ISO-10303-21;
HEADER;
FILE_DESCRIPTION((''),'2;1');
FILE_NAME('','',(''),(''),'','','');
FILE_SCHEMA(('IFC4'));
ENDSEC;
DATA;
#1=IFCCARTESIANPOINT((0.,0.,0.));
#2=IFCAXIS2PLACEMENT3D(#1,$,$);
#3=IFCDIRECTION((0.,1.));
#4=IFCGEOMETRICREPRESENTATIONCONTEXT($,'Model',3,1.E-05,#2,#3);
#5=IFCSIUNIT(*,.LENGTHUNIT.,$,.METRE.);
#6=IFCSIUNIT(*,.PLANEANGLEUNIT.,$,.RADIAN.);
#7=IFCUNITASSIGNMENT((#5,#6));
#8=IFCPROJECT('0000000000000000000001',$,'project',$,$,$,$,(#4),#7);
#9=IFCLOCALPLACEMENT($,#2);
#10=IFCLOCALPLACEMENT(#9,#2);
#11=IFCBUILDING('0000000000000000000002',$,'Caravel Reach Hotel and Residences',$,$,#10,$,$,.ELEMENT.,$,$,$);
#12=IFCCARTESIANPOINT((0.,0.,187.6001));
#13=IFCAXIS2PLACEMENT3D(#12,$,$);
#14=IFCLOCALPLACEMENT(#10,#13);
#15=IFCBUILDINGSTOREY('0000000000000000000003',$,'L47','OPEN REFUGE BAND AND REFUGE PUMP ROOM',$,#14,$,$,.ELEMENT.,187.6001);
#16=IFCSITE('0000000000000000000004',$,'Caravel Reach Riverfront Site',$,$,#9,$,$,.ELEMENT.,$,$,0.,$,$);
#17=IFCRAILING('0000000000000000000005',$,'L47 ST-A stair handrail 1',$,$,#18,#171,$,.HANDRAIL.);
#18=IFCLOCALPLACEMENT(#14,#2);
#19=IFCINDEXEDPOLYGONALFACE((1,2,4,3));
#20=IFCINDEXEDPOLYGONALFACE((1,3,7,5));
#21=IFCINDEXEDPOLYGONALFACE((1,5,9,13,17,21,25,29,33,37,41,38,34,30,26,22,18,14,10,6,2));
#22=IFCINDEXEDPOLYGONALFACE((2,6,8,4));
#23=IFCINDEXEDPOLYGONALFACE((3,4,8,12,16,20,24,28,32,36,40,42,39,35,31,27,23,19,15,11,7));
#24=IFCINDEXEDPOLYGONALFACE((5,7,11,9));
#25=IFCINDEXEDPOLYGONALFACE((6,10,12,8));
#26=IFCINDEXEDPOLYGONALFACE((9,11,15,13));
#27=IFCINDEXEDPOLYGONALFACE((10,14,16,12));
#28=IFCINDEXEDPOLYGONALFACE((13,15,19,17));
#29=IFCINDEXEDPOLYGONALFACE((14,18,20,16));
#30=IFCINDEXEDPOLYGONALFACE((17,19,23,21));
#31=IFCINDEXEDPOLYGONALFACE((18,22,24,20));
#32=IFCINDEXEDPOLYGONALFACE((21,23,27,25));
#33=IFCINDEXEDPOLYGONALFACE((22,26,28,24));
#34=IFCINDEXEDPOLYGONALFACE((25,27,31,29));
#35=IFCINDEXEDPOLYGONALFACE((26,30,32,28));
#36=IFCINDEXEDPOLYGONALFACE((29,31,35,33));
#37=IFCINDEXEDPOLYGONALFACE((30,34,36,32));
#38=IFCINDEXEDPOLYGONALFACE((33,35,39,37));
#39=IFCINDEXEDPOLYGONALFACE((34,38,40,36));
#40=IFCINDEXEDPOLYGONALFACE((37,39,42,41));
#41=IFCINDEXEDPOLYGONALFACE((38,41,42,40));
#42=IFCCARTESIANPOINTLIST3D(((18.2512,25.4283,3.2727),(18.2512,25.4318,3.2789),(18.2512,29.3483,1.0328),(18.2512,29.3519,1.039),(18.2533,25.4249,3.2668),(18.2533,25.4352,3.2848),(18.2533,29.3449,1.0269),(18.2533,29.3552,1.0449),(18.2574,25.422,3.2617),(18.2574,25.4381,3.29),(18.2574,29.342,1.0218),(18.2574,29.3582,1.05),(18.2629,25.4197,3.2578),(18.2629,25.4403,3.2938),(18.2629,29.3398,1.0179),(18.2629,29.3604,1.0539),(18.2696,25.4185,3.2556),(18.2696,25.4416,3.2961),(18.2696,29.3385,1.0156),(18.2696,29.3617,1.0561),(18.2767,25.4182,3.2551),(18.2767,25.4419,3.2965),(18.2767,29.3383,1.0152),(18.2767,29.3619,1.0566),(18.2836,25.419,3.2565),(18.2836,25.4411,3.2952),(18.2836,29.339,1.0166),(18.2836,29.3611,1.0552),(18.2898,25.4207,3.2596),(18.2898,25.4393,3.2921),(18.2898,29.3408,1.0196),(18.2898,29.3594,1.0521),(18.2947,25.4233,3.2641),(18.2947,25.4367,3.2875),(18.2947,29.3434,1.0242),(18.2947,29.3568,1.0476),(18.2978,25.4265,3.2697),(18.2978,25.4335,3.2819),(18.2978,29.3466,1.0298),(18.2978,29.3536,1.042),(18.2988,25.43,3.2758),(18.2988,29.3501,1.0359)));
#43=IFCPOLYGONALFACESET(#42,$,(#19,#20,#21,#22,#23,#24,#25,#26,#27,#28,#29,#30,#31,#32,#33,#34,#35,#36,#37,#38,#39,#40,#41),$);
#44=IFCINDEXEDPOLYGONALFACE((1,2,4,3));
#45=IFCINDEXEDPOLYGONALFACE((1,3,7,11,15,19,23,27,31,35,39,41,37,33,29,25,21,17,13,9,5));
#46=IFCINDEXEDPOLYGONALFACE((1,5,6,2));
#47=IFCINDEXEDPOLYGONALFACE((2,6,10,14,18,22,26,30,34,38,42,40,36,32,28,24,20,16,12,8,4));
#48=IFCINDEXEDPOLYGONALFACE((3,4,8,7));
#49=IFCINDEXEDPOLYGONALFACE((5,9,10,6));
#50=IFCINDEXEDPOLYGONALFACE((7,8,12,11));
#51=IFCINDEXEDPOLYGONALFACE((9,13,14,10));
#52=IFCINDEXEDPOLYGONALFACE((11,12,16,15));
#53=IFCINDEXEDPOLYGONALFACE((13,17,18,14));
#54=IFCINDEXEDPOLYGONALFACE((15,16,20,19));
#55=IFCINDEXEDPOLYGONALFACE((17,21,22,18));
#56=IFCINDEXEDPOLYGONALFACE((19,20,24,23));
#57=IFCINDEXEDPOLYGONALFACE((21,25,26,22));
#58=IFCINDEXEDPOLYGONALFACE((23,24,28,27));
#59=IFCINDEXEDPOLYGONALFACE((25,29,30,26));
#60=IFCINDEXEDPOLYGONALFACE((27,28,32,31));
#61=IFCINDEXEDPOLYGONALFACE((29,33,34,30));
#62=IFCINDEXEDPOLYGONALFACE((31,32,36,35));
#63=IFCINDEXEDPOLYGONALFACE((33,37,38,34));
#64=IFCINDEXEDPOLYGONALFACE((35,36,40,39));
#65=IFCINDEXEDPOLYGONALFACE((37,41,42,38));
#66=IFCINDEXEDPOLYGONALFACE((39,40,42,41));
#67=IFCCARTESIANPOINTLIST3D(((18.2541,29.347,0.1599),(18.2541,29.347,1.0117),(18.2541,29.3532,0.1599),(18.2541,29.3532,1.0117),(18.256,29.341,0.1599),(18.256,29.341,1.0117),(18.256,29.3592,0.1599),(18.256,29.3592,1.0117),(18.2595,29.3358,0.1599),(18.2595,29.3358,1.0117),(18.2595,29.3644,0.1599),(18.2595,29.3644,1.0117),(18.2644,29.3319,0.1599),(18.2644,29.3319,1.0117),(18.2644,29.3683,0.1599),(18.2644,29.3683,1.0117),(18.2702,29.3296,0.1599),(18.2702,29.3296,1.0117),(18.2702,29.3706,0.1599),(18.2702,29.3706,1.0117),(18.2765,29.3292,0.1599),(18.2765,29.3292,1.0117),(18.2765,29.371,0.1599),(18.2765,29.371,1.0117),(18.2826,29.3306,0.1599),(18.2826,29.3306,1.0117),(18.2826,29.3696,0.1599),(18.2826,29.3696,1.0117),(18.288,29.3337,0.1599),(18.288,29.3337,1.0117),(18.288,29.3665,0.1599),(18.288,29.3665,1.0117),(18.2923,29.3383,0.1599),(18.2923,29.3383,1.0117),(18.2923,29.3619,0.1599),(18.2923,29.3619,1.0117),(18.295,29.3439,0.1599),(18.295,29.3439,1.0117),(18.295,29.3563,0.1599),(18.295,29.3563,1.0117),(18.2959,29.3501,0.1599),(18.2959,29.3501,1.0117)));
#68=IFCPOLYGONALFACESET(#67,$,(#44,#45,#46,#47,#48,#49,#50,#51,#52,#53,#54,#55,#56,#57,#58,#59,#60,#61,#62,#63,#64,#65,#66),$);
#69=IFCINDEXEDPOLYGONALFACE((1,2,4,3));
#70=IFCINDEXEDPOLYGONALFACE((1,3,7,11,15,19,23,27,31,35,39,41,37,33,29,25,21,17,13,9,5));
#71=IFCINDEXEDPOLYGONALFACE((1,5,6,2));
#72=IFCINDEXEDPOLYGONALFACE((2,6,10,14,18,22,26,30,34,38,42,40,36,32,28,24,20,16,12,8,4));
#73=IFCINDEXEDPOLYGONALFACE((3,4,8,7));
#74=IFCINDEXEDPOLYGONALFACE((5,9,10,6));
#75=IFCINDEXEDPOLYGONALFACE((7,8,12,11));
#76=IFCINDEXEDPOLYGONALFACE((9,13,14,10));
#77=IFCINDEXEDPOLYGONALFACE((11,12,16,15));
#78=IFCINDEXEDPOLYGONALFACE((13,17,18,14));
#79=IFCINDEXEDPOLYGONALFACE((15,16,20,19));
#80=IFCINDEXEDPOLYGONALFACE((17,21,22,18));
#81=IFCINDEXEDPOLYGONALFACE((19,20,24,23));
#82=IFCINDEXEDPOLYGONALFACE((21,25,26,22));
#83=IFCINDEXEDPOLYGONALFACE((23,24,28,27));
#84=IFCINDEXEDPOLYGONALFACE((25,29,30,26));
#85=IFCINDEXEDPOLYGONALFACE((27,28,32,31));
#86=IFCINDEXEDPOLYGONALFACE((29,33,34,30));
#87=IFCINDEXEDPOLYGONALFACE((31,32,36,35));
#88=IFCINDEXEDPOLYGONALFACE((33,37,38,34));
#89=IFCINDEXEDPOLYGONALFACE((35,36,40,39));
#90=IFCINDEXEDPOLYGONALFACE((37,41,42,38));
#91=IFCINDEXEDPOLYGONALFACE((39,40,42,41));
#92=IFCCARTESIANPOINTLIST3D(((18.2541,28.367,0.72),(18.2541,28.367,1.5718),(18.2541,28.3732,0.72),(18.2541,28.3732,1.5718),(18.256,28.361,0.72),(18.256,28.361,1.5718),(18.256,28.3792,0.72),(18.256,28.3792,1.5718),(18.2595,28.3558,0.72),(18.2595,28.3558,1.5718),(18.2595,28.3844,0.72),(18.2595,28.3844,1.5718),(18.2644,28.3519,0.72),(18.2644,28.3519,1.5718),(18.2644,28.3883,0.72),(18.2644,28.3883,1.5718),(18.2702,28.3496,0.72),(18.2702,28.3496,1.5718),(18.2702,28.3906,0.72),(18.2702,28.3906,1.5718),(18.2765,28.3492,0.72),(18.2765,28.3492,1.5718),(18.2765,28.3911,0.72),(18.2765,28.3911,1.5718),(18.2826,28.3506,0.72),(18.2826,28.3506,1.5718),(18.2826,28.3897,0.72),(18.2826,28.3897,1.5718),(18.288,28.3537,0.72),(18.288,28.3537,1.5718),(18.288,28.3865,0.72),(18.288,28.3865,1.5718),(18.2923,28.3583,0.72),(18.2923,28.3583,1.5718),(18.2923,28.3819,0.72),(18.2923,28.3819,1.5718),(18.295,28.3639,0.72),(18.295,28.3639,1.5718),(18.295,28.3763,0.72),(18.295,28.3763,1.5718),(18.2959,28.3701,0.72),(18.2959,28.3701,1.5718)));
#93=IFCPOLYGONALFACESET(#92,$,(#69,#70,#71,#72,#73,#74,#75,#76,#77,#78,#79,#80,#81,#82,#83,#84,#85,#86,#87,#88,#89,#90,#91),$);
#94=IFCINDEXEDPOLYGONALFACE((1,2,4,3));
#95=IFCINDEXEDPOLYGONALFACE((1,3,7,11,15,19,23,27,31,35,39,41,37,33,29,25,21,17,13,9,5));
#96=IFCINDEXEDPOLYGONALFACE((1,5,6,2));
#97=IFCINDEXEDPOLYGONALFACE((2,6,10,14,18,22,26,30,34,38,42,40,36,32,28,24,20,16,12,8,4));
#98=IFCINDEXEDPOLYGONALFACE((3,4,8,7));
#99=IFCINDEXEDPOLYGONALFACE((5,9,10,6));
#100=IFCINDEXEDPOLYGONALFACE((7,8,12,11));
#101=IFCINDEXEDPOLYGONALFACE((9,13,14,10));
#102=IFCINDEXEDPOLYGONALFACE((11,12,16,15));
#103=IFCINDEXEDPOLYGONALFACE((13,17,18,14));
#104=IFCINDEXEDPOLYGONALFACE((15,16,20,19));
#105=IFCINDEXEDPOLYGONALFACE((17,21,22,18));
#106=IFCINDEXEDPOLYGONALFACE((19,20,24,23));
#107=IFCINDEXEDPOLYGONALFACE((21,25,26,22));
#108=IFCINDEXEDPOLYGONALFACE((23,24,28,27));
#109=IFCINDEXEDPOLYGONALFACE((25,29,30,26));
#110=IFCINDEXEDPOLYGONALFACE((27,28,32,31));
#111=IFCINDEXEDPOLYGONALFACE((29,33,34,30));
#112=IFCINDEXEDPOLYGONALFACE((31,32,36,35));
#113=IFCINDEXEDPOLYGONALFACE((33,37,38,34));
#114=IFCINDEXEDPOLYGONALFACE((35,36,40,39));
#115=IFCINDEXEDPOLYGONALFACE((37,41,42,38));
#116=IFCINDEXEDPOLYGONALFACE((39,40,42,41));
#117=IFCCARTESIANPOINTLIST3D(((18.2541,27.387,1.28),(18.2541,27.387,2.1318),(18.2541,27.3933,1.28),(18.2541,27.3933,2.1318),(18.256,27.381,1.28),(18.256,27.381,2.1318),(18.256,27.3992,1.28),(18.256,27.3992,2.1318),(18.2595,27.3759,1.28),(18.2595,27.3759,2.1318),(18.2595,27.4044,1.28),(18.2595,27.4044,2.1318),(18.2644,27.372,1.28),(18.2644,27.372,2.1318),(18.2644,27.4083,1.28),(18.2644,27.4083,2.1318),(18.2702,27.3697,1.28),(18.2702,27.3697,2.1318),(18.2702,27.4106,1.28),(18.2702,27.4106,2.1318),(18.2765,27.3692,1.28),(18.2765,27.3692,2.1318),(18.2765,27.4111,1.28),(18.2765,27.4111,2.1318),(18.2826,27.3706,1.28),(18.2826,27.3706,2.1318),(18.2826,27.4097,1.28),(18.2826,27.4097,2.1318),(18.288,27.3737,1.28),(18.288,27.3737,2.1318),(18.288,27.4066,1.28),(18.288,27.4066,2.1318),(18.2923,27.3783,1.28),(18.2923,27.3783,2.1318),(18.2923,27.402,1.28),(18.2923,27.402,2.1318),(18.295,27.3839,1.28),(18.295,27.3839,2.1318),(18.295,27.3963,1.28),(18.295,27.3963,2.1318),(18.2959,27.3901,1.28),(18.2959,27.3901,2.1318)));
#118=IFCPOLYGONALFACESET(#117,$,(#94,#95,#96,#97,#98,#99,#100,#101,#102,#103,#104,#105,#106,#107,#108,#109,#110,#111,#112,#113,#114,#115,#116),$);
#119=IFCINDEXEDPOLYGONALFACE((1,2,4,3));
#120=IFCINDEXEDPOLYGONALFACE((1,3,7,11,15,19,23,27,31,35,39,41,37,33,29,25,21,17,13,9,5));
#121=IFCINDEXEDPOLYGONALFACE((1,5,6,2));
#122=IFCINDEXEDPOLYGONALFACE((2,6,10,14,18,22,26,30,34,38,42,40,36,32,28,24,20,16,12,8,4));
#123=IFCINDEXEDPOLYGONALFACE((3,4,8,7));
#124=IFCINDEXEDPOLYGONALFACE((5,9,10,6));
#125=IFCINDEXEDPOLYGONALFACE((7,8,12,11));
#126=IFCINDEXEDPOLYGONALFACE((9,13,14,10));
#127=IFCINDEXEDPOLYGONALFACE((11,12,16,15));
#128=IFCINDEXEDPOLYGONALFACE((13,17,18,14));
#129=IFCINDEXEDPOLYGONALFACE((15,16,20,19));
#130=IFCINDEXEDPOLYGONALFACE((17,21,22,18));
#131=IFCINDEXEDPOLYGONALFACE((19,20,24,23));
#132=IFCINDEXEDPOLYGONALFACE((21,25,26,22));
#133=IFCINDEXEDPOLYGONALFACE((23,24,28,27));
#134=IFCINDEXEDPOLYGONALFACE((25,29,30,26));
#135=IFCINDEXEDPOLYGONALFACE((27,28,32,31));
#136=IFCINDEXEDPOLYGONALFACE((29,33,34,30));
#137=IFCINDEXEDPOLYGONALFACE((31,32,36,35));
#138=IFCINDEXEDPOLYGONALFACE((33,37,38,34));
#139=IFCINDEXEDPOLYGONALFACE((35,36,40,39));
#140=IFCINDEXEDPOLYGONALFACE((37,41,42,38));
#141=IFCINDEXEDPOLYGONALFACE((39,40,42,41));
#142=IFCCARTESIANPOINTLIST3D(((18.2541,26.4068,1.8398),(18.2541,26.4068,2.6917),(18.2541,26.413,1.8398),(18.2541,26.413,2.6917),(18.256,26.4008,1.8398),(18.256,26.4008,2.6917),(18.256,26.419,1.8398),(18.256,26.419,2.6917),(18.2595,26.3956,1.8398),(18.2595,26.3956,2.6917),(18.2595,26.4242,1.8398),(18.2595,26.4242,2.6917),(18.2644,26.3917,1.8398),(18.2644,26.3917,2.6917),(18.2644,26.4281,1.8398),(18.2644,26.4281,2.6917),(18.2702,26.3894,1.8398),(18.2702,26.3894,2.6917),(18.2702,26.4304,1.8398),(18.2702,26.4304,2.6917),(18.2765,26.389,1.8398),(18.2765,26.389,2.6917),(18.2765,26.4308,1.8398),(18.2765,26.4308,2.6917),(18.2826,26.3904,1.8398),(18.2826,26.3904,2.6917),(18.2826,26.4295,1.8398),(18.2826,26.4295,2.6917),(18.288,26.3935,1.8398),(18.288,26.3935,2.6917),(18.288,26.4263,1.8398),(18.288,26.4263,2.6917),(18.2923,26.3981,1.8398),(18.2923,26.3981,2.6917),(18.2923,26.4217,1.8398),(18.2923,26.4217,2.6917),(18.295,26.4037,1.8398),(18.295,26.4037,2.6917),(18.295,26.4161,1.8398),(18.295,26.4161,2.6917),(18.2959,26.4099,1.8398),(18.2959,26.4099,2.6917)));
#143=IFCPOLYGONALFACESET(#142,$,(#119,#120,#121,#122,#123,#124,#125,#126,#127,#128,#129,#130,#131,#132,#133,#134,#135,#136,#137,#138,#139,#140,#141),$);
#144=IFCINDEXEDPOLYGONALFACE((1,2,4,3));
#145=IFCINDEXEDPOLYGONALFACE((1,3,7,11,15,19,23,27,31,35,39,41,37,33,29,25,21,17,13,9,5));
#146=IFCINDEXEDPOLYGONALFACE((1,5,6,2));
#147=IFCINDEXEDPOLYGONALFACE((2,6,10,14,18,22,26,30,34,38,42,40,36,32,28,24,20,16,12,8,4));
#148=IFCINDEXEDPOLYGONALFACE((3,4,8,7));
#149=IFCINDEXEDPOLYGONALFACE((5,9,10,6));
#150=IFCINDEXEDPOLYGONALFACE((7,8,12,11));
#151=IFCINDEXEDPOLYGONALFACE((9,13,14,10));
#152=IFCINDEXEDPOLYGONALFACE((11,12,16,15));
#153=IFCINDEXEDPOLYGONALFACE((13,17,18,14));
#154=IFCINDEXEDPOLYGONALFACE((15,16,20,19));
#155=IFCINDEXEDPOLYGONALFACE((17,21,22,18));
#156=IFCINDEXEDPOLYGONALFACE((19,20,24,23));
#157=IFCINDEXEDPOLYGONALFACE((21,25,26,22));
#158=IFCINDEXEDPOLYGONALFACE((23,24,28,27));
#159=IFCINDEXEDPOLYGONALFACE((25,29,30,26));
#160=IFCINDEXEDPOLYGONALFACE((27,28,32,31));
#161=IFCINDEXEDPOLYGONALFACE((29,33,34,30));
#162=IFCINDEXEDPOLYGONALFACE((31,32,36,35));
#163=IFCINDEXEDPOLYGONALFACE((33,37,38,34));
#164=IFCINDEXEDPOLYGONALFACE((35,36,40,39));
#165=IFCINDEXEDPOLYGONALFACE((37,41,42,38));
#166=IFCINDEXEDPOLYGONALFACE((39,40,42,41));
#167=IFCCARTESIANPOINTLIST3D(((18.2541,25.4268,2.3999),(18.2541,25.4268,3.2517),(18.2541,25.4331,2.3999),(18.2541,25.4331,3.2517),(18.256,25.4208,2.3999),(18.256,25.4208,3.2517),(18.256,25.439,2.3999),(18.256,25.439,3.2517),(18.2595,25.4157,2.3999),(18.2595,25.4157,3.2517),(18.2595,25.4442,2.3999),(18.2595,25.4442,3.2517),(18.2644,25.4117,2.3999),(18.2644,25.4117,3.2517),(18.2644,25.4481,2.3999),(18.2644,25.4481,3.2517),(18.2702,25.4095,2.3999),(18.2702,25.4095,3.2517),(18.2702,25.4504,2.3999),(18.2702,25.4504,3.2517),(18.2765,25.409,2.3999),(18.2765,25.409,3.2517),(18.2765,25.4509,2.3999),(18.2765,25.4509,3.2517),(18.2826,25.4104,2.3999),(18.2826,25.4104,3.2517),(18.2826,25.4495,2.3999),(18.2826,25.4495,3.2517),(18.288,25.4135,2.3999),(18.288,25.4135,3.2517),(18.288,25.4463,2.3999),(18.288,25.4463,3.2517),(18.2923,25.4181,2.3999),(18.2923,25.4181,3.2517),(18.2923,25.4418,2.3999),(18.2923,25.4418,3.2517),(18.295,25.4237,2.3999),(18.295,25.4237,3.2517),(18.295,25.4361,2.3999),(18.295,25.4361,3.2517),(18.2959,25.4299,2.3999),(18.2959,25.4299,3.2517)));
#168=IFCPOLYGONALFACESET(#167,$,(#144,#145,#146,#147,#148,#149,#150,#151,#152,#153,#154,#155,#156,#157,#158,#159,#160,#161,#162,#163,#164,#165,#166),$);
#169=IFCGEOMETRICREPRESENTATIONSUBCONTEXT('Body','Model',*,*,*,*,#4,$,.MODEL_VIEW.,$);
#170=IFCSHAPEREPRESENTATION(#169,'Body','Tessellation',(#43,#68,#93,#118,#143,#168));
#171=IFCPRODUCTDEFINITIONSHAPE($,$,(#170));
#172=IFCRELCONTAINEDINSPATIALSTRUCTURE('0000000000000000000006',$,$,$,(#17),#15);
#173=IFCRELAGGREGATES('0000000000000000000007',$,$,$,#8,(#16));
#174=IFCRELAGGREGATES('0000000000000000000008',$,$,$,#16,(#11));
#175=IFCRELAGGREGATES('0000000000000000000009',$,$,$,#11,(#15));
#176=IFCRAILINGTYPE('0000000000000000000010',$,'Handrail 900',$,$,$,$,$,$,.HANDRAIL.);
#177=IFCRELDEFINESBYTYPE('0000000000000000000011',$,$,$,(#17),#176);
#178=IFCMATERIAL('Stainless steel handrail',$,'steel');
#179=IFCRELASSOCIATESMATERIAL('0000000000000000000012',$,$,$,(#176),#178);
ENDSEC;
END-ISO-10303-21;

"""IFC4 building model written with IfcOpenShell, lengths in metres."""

from ifc_helpers import new_model, si_unit, direction, frame, origin, origin_2d, place, context, subcontext, project, spatial, circle, extrude, material, type_object, element, save


model = new_model("IFC4")

# Units and contexts
model_context = context("Model", 3, precision=1e-05, world=origin(), true_north=direction((0.0, 1.0)))
body_context = subcontext(model_context, "Body", "Model", "MODEL_VIEW")
ifc_project = project(units=[si_unit("LENGTHUNIT", "METRE"), si_unit("PLANEANGLEUNIT", "RADIAN")], contexts=[model_context])

# Site, building, storey
site_placement = place(None, origin())
site = spatial("IfcSite", under=ifc_project, at=site_placement, Name="Caravel Reach Riverfront Site", CompositionType="ELEMENT", RefElevation=0.0)
building_placement = place(site_placement, origin())
building = spatial("IfcBuilding", under=site, at=building_placement, Name="Caravel Reach Hotel and Residences", CompositionType="ELEMENT")
storey_placement = place(building_placement, frame((0.0, 0.0, 187.6001)))
storey = spatial("IfcBuildingStorey", under=building, at=storey_placement, Name="L47", Description="OPEN REFUGE BAND AND REFUGE PUMP ROOM", CompositionType="ELEMENT", Elevation=187.6001)

# Railing
ifc_material_1 = material(Name="Stainless steel handrail", Category="steel")
railing_type_1 = type_object("IfcRailingType", Name="Handrail 900", PredefinedType="HANDRAIL", material=ifc_material_1)
railing_1_placement = place(storey_placement, frame((18.2749, 29.3501, 0.1599)))
element("IfcRailing", 1, at=railing_1_placement, inside=storey, type_object=railing_type_1, Name="L47 ST-A stair handrail 1", PredefinedType="HANDRAIL", context=body_context, shape_type="SweptSolid", body=[
    extrude(circle(Radius=0.0239, at=origin_2d()), frame((0.0, 0.0, 0.876), z_axis=(0.0, -0.868253, 0.496121), x_axis=(1.0, 0.0, 0.0)), (0.0, 0.0, 1.0), 4.5149),
    extrude(circle(Radius=0.021, at=origin_2d()), origin(), (0.0, 0.0, 1.0), 0.8518),
    extrude(circle(Radius=0.021, at=origin_2d()), frame((0.0, -0.98, 0.5601)), (0.0, 0.0, 1.0), 0.8518),
    extrude(circle(Radius=0.021, at=origin_2d()), frame((0.0, -1.96, 1.1201)), (0.0, 0.0, 1.0), 0.8518),
    extrude(circle(Radius=0.021, at=origin_2d()), frame((0.0, -2.9402, 1.6799)), (0.0, 0.0, 1.0), 0.8518),
    extrude(circle(Radius=0.021, at=origin_2d()), frame((0.0, -3.9202, 2.24)), (0.0, 0.0, 1.0), 0.8518),
])

save(model, "model.ifc")
